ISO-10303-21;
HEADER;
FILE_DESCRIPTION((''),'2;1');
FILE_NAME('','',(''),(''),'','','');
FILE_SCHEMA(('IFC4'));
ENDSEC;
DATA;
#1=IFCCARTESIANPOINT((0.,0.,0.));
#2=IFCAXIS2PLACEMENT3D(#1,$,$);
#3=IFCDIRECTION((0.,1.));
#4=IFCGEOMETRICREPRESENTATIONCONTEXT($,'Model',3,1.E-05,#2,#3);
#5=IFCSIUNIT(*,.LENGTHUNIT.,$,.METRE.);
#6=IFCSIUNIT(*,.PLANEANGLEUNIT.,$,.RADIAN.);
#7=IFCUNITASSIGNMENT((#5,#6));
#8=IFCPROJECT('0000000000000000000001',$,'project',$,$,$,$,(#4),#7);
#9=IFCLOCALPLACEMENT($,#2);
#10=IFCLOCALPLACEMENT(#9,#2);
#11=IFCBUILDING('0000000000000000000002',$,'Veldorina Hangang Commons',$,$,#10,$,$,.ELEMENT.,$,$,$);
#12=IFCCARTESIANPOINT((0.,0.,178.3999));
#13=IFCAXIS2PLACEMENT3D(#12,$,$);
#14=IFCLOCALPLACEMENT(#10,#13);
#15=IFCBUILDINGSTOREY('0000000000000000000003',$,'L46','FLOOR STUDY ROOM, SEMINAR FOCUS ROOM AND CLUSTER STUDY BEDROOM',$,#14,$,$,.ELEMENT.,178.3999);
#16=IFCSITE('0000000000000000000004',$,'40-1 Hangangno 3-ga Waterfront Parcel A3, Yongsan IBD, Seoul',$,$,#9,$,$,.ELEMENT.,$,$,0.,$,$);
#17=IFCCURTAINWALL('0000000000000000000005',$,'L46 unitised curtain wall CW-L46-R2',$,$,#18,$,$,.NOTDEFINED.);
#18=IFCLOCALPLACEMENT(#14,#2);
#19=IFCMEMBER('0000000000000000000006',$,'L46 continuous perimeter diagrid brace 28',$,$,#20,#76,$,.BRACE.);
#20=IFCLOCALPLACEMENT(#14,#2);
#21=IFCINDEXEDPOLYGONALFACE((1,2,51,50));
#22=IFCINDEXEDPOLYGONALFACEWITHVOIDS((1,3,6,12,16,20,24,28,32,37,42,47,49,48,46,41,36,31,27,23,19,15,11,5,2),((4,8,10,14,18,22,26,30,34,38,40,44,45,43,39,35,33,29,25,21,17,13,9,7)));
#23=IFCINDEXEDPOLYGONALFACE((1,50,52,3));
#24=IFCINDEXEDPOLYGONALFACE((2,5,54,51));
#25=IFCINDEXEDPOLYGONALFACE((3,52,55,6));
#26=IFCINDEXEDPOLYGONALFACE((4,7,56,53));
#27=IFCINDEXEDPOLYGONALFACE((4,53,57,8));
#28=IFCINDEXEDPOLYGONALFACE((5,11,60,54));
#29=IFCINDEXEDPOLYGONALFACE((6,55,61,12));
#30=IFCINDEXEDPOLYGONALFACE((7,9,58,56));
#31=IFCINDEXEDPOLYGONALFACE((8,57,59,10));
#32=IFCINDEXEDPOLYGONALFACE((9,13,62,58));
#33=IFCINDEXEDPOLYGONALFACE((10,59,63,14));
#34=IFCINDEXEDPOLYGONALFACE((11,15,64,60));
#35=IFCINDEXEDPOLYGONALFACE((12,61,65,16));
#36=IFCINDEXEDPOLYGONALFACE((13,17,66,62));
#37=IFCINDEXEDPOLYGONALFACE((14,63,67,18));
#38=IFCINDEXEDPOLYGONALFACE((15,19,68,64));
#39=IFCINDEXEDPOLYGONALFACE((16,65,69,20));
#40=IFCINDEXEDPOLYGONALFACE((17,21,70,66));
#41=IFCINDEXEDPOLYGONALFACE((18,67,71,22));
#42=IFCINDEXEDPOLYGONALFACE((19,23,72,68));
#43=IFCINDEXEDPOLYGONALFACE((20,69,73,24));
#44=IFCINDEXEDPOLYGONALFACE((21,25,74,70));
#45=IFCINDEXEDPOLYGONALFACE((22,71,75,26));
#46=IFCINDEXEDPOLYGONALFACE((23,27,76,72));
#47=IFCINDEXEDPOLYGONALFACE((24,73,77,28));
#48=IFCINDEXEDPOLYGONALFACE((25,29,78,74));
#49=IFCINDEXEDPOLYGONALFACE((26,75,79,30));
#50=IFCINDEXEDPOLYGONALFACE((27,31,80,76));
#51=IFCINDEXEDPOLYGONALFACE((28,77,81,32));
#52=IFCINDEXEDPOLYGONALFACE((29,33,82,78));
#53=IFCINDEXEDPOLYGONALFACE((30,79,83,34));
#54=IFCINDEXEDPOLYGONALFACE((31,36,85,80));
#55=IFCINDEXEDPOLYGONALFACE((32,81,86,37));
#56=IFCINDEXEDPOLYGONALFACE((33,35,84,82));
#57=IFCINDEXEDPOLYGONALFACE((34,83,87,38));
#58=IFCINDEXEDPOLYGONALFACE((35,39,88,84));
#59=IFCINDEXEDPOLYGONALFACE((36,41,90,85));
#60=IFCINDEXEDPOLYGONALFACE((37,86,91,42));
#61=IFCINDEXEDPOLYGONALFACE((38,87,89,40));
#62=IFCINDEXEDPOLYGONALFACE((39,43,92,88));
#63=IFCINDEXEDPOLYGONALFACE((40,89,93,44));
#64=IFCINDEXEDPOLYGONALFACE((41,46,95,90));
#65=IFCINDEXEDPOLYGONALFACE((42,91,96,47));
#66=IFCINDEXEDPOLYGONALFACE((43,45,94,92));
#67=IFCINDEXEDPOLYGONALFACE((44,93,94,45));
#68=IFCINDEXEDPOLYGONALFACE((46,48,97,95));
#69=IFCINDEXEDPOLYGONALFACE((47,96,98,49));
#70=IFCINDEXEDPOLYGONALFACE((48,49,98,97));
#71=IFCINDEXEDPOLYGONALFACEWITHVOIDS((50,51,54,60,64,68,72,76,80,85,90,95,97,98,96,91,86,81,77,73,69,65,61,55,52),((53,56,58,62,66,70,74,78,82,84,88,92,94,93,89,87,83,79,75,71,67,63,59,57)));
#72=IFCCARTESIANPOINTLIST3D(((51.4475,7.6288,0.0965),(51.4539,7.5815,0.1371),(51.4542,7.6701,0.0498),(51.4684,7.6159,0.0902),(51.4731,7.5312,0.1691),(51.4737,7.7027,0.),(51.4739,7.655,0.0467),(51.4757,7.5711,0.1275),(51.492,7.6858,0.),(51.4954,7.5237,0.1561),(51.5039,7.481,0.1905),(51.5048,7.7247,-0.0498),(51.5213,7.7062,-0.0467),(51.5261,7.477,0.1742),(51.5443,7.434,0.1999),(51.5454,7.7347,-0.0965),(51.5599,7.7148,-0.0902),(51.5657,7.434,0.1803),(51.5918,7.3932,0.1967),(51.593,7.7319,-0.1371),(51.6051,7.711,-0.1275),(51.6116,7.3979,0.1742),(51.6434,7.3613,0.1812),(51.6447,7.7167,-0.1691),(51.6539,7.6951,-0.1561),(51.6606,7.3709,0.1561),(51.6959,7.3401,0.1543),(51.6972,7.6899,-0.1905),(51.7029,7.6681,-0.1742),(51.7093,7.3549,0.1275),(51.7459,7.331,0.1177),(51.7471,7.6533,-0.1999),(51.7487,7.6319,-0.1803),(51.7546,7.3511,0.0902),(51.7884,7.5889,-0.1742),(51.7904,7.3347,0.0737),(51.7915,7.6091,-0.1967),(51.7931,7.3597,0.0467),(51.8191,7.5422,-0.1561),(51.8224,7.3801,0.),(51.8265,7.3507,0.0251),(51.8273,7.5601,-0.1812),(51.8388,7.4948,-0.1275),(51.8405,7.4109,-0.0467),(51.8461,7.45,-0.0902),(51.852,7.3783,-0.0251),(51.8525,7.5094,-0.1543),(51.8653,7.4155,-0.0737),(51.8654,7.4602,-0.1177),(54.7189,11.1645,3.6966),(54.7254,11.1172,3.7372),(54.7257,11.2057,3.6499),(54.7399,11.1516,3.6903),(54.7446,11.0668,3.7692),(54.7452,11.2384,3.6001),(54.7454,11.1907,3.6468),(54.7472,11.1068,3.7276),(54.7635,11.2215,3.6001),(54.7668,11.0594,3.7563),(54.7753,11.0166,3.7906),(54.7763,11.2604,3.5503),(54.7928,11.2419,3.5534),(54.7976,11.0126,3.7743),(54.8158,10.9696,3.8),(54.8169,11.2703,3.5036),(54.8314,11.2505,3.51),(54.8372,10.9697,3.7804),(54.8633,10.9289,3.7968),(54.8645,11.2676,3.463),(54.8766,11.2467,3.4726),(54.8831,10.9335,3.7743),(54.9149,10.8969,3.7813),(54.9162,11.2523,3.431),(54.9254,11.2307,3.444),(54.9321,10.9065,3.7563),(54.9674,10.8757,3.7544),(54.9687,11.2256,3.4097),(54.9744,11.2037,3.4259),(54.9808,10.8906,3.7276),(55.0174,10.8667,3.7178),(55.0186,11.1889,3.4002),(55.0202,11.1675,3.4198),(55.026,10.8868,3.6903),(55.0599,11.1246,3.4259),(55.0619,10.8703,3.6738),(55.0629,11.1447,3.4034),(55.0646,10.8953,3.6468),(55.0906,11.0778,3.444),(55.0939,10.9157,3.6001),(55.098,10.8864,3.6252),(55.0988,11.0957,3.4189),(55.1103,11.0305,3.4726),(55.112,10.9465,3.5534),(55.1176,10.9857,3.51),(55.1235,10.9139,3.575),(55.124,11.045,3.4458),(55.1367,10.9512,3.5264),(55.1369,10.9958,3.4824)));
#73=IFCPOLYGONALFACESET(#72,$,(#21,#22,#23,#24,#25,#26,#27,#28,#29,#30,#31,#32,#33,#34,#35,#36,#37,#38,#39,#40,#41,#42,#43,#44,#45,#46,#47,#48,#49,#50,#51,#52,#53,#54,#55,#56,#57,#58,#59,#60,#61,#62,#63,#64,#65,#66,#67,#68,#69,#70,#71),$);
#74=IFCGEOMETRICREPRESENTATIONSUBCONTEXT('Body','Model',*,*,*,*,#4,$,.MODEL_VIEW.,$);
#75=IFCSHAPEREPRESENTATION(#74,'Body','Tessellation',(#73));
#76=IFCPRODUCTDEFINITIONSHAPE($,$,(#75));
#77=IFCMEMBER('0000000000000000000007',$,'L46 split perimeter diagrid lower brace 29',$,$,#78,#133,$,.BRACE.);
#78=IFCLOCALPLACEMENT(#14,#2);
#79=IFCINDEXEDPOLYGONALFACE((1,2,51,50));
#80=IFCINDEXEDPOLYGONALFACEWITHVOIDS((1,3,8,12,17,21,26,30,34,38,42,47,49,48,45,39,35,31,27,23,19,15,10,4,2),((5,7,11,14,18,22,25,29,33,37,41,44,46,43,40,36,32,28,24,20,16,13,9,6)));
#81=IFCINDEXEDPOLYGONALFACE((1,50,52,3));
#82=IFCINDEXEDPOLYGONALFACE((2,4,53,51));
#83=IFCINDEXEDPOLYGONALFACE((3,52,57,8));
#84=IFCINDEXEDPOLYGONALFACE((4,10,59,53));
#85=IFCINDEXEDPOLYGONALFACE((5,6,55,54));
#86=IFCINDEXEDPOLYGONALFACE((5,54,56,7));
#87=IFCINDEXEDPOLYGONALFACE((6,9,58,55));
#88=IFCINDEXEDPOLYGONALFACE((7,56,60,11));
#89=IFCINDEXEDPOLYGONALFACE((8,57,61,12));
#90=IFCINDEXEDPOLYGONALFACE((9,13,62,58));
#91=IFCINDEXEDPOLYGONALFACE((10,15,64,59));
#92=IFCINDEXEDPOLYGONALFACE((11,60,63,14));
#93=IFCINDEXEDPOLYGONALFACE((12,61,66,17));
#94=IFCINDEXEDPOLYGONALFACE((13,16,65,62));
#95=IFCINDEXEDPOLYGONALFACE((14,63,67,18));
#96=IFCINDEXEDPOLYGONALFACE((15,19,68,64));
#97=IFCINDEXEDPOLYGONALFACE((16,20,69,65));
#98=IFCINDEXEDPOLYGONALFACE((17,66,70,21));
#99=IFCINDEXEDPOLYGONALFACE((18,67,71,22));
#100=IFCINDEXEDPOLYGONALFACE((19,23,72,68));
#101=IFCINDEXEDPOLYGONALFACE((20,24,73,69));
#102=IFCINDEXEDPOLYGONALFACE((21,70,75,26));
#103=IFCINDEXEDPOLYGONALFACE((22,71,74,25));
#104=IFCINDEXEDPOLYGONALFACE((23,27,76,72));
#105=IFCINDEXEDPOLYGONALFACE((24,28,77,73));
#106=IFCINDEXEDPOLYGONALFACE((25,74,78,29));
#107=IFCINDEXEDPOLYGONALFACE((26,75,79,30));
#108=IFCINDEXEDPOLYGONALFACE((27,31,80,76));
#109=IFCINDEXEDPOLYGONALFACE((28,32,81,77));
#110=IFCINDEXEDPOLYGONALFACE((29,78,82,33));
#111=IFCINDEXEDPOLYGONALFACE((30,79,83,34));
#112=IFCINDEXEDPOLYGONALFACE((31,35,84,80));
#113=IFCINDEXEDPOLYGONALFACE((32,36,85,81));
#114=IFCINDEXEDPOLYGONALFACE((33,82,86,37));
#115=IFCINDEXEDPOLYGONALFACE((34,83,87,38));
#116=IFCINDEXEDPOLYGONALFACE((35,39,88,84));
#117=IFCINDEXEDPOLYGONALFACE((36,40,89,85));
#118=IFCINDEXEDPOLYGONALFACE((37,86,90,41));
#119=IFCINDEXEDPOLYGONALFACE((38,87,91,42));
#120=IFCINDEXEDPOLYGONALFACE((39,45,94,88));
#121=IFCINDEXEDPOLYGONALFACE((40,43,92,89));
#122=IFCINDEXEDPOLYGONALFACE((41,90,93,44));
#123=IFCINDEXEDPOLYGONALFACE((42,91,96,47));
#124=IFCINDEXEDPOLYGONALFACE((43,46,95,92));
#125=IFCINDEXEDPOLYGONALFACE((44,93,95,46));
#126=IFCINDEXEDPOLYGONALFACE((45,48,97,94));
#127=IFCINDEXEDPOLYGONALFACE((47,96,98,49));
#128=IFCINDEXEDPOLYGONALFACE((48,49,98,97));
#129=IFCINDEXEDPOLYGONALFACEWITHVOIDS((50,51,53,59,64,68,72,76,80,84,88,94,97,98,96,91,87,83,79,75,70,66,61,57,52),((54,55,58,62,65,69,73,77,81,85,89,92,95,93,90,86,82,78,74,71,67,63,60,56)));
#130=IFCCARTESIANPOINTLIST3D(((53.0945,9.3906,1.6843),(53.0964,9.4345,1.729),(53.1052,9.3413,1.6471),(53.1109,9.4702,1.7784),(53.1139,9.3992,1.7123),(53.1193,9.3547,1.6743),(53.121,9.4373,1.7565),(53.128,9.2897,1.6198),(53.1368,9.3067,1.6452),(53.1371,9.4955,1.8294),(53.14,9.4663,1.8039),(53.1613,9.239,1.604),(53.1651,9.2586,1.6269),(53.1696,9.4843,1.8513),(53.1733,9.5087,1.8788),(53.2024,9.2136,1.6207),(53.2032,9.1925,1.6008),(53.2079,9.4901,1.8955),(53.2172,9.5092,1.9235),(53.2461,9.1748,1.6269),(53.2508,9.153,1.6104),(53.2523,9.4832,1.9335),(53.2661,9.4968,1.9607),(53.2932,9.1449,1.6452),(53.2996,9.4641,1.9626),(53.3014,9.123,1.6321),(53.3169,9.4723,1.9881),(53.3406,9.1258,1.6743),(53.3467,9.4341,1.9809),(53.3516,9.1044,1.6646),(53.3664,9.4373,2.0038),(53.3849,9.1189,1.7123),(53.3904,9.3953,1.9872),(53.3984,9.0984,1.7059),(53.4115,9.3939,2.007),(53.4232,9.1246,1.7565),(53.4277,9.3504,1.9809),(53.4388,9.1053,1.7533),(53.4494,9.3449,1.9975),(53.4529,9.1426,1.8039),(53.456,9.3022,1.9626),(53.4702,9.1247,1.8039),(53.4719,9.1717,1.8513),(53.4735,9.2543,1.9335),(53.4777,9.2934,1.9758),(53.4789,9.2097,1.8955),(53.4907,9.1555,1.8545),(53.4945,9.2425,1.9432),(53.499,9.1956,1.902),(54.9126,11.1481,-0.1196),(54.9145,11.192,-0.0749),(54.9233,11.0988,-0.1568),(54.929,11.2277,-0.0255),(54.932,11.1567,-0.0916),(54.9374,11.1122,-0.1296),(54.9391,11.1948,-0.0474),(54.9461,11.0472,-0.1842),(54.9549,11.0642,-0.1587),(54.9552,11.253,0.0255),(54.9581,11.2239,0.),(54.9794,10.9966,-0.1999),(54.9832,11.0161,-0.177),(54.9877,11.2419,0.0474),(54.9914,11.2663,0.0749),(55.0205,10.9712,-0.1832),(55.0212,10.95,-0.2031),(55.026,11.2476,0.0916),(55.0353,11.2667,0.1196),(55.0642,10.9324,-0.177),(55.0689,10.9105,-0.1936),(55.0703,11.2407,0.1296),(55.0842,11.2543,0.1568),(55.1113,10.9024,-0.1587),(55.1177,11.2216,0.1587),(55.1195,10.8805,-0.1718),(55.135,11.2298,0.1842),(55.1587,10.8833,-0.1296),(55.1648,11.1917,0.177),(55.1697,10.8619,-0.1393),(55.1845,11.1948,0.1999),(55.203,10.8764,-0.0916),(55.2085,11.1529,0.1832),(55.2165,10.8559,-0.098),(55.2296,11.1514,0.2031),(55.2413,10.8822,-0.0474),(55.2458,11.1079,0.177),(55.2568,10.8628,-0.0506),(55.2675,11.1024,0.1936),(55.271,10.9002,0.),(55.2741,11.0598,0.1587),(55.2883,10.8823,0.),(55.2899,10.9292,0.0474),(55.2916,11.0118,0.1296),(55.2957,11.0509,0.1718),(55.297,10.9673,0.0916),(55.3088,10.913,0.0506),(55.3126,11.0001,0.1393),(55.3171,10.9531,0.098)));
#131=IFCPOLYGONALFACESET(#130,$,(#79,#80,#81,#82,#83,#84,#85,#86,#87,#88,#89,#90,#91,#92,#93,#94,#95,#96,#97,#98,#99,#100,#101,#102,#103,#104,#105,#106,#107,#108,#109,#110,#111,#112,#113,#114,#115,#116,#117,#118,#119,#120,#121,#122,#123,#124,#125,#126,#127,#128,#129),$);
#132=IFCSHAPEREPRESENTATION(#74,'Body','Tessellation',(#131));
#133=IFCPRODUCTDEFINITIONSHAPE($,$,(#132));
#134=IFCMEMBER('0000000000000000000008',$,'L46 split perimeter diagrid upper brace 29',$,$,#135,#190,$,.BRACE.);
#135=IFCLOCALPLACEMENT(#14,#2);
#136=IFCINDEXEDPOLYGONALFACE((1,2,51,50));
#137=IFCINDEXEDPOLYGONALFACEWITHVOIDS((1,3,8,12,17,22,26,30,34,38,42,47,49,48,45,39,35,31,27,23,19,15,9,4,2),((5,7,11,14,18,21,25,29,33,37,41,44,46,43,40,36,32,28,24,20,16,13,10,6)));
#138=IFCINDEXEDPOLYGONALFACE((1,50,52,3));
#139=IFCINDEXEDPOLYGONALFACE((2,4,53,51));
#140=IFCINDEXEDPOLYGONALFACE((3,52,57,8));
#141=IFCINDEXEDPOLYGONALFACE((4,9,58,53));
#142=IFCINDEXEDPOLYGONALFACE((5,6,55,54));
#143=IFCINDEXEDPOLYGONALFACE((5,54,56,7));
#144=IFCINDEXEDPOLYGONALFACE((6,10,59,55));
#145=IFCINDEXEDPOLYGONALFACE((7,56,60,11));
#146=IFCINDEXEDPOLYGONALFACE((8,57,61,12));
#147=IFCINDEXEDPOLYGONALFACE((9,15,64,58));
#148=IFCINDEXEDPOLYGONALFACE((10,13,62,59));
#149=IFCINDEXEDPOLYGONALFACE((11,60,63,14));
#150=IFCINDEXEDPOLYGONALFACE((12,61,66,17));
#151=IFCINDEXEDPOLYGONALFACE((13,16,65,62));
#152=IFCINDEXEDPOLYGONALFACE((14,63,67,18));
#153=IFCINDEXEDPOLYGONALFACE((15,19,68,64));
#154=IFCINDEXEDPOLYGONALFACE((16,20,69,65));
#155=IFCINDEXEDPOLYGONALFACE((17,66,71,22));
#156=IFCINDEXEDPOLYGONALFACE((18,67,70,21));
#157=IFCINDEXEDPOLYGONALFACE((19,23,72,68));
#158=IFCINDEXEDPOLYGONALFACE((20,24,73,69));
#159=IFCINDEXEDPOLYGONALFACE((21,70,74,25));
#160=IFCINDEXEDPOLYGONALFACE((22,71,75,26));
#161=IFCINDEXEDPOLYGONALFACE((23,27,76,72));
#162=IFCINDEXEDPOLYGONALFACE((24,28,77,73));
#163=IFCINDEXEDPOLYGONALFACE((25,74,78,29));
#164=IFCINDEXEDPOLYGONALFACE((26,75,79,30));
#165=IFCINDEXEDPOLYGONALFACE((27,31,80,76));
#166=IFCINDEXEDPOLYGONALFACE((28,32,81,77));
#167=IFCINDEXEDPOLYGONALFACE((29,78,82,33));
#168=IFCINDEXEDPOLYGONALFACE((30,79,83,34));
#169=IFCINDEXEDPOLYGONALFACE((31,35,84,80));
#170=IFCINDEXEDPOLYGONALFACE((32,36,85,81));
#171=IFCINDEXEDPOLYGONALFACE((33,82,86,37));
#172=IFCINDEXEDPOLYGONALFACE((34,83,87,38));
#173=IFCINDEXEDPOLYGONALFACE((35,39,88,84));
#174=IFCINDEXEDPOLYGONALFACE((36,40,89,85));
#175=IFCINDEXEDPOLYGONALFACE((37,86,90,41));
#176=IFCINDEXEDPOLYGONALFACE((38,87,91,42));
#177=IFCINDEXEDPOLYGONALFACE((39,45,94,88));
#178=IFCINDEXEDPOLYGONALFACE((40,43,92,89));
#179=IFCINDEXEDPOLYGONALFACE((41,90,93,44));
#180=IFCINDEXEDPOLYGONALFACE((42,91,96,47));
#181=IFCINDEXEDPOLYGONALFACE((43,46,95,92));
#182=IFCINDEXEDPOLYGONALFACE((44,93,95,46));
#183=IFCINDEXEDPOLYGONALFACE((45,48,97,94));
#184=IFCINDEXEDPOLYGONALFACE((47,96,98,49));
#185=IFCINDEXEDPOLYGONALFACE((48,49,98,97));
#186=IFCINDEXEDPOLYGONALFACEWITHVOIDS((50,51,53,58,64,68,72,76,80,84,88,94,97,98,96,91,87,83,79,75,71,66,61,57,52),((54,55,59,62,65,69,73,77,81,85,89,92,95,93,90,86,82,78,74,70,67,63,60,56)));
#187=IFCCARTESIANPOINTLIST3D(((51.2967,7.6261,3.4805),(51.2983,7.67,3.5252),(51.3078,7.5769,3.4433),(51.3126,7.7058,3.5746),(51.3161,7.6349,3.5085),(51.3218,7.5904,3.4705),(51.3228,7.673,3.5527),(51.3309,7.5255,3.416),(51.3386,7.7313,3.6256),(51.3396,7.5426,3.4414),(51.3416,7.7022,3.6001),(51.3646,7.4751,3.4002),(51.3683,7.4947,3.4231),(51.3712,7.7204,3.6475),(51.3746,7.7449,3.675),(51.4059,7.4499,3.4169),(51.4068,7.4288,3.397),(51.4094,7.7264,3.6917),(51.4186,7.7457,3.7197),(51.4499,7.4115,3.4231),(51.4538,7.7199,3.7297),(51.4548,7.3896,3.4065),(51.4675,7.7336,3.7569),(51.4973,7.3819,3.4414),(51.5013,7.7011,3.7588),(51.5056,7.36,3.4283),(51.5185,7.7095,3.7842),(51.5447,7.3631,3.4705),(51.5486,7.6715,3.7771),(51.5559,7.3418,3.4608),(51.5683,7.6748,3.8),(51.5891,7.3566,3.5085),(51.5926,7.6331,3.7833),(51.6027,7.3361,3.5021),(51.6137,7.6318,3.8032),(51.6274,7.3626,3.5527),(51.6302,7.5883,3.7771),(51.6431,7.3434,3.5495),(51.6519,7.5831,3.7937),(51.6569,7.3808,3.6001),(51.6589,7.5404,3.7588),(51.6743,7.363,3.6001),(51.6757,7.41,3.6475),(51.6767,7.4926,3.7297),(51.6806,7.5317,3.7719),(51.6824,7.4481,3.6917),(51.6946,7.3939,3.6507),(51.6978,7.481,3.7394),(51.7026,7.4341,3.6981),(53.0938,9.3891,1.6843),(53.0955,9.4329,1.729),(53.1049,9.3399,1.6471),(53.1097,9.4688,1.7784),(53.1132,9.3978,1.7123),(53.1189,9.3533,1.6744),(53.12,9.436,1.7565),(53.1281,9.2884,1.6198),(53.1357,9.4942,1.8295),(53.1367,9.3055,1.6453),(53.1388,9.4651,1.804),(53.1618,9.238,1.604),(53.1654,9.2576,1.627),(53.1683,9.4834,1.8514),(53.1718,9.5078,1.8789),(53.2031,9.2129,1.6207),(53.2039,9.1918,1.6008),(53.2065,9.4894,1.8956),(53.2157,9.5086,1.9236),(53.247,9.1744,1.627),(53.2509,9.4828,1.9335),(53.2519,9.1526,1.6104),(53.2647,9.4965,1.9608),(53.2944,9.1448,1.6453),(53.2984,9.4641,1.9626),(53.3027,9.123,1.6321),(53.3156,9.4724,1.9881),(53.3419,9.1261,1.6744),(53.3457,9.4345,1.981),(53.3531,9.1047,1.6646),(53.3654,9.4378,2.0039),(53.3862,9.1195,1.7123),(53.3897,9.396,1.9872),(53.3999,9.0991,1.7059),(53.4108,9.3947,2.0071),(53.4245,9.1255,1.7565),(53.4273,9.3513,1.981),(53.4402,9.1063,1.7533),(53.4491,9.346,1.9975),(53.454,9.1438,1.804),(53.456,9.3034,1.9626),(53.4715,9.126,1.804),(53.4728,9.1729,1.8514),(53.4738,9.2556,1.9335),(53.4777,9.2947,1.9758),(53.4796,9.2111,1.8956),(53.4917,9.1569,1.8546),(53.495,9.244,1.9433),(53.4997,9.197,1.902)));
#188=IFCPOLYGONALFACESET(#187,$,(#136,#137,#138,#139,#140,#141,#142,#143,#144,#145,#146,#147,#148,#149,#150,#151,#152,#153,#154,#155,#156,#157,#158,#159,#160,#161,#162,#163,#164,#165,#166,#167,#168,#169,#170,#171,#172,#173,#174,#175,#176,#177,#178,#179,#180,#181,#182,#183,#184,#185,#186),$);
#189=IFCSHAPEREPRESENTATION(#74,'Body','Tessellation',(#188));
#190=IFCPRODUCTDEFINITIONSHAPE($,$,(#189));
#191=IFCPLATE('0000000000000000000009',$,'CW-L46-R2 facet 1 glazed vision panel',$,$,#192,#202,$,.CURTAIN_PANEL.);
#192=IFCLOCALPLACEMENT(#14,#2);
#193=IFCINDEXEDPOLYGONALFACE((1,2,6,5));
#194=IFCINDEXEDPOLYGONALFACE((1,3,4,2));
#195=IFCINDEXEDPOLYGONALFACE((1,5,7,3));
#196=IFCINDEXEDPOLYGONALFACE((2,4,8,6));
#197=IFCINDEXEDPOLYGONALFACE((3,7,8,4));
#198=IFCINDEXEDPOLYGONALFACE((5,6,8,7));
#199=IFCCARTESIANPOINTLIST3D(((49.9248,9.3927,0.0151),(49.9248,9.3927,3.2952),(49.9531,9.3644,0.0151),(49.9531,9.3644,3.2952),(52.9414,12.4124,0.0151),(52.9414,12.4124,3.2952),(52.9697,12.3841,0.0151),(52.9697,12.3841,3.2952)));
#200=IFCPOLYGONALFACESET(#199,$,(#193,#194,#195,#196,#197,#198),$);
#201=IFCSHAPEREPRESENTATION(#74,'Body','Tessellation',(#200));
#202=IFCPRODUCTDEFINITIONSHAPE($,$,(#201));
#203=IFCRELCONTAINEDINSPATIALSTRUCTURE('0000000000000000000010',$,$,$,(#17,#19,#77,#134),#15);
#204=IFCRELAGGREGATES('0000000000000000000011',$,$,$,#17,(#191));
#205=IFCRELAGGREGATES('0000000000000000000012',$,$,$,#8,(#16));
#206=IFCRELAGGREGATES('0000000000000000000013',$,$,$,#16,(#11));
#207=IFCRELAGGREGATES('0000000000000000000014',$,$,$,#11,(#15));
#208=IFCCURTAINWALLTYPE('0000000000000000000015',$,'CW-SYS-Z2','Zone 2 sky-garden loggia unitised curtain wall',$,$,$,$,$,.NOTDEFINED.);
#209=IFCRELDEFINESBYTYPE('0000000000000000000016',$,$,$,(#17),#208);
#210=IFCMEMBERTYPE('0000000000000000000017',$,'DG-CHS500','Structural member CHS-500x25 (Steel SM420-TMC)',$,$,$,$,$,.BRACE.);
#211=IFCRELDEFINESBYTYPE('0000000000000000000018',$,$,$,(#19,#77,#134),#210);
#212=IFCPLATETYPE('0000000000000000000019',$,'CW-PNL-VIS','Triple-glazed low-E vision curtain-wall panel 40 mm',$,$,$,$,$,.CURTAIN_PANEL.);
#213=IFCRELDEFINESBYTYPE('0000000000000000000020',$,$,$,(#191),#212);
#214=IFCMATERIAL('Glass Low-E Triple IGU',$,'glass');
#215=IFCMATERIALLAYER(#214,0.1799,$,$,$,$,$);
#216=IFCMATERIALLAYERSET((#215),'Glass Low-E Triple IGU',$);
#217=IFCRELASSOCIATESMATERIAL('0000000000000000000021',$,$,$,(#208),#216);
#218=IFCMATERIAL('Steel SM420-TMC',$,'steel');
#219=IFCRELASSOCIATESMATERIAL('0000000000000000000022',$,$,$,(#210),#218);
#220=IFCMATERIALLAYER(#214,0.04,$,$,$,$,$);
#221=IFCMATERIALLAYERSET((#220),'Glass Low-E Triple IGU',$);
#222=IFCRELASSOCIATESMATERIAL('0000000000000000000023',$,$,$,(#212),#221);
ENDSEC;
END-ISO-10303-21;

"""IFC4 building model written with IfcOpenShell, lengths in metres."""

from ifc_helpers import new_model, si_unit, direction, frame, origin, origin_2d, place, context, subcontext, project, spatial, rectangle, hollow_circle, extrude, material, layer, layer_set, material_profile, profile_set, type_object, element, aggregate, save


model = new_model("IFC4")

# Units and contexts
model_context = context("Model", 3, precision=1e-05, world=origin(), true_north=direction((0.0, 1.0)))
body_context = subcontext(model_context, "Body", "Model", "MODEL_VIEW")
ifc_project = project(units=[si_unit("LENGTHUNIT", "METRE"), si_unit("PLANEANGLEUNIT", "RADIAN")], contexts=[model_context])

# Site, building, storey
site_placement = place(None, origin())
site = spatial("IfcSite", under=ifc_project, at=site_placement, Name="40-1 Hangangno 3-ga Waterfront Parcel A3, Yongsan IBD, Seoul", CompositionType="ELEMENT", RefElevation=0.0)
building_placement = place(site_placement, origin())
building = spatial("IfcBuilding", under=site, at=building_placement, Name="Veldorina Hangang Commons", CompositionType="ELEMENT")
storey_placement = place(building_placement, frame((0.0, 0.0, 178.3999)))
storey = spatial("IfcBuildingStorey", under=building, at=storey_placement, Name="L46", Description="FLOOR STUDY ROOM, SEMINAR FOCUS ROOM AND CLUSTER STUDY BEDROOM", CompositionType="ELEMENT", Elevation=178.3999)

# Shared definitions
ifc_material_1 = material(Name="Steel SM420-TMC", Category="steel")

# Shared definitions
ifc_material_2 = material(Name="Glass Low-E Triple IGU", Category="glass")
ifc_layer_1 = layer(ifc_material_2, 0.1799)
ifc_layer_set_1 = layer_set([ifc_layer_1], Name="Glass Low-E Triple IGU")
curtain_wall_type = type_object("IfcCurtainWallType", Name="CW-SYS-Z2", Description="Zone 2 sky-garden loggia unitised curtain wall", PredefinedType="NOTDEFINED", material=ifc_layer_set_1)

# Curtain wall
curtain_wall_1_placement = place(storey_placement, origin())
curtain_wall_1 = element("IfcCurtainWall", 1, at=curtain_wall_1_placement, inside=storey, type_object=curtain_wall_type, Name="L46 unitised curtain wall CW-L46-R2", PredefinedType="NOTDEFINED")

# Members
ifc_material_profile_1 = material_profile(ifc_material_1, hollow_circle(Radius=0.25, WallThickness=0.0249, at=origin_2d()), Name="CHS-500x25")
ifc_profile_set_1 = profile_set([ifc_material_profile_1], Name="Steel SM420-TMC")
member_type_1 = type_object("IfcMemberType", Name="DG-CHS500", Description="Structural member CHS-500x25 (Steel SM420-TMC)", PredefinedType="BRACE", material=ifc_profile_set_1)
member_1_placement = place(storey_placement, frame((51.6572, 7.533, 0.0), z_axis=(0.544009, 0.587936, 0.598653), x_axis=(-0.733995, 0.679155, 0.0)))
element("IfcMember", 2, at=member_1_placement, inside=storey, type_object=member_type_1, Name="L46 continuous perimeter diagrid brace 28", PredefinedType="BRACE", context=body_context, shape_type="SweptSolid", body=[
    extrude(hollow_circle(Radius=0.25, WallThickness=0.0249, at=origin_2d()), origin(), (0.0, 0.0, 1.0), 6.0137),
])
member_2_placement = place(storey_placement, frame((55.1145, 11.062, 0.0), z_axis=(-0.585307, -0.565815, 0.580748), x_axis=(0.695034, -0.718977, 0.0)))
element("IfcMember", 3, at=member_2_placement, inside=storey, type_object=member_type_1, Name="L46 split perimeter diagrid lower brace 29", PredefinedType="BRACE", context=body_context, shape_type="SweptSolid", body=[
    extrude(hollow_circle(Radius=0.25, WallThickness=0.0249, at=origin_2d()), origin(), (0.0, 0.0, 1.0), 3.1062),
])
member_3_placement = place(storey_placement, frame((53.2964, 9.3044, 1.804), z_axis=(-0.581117, -0.570064, 0.580801), x_axis=(0.700286, -0.713863, 0.0)))
element("IfcMember", 4, at=member_3_placement, inside=storey, type_object=member_type_1, Name="L46 split perimeter diagrid upper brace 29", PredefinedType="BRACE", context=body_context, shape_type="SweptSolid", body=[
    extrude(hollow_circle(Radius=0.25, WallThickness=0.0249, at=origin_2d()), origin(), (0.0, 0.0, 1.0), 3.0925),
])

# Plate
ifc_layer_2 = layer(ifc_material_2, 0.04)
ifc_layer_set_2 = layer_set([ifc_layer_2], Name="Glass Low-E Triple IGU")
plate_type_1 = type_object("IfcPlateType", Name="CW-PNL-VIS", Description="Triple-glazed low-E vision curtain-wall panel 40 mm", PredefinedType="CURTAIN_PANEL", material=ifc_layer_set_2)
plate_1_placement = place(storey_placement, frame((51.4473, 10.8884, 0.0151), z_axis=(0.0, 0.0, 1.0), x_axis=(0.706736, 0.707477, 0.0)))
plate_1 = element("IfcPlate", 5, at=plate_1_placement, type_object=plate_type_1, Name="CW-L46-R2 facet 1 glazed vision panel", PredefinedType="CURTAIN_PANEL", context=body_context, shape_type="SweptSolid", body=[
    extrude(rectangle(XDim=4.2683, YDim=0.04, at=origin_2d()), origin(), (0.0, 0.0, 1.0), 3.28),
])
aggregate(curtain_wall_1, [plate_1])

save(model, "model.ifc")
